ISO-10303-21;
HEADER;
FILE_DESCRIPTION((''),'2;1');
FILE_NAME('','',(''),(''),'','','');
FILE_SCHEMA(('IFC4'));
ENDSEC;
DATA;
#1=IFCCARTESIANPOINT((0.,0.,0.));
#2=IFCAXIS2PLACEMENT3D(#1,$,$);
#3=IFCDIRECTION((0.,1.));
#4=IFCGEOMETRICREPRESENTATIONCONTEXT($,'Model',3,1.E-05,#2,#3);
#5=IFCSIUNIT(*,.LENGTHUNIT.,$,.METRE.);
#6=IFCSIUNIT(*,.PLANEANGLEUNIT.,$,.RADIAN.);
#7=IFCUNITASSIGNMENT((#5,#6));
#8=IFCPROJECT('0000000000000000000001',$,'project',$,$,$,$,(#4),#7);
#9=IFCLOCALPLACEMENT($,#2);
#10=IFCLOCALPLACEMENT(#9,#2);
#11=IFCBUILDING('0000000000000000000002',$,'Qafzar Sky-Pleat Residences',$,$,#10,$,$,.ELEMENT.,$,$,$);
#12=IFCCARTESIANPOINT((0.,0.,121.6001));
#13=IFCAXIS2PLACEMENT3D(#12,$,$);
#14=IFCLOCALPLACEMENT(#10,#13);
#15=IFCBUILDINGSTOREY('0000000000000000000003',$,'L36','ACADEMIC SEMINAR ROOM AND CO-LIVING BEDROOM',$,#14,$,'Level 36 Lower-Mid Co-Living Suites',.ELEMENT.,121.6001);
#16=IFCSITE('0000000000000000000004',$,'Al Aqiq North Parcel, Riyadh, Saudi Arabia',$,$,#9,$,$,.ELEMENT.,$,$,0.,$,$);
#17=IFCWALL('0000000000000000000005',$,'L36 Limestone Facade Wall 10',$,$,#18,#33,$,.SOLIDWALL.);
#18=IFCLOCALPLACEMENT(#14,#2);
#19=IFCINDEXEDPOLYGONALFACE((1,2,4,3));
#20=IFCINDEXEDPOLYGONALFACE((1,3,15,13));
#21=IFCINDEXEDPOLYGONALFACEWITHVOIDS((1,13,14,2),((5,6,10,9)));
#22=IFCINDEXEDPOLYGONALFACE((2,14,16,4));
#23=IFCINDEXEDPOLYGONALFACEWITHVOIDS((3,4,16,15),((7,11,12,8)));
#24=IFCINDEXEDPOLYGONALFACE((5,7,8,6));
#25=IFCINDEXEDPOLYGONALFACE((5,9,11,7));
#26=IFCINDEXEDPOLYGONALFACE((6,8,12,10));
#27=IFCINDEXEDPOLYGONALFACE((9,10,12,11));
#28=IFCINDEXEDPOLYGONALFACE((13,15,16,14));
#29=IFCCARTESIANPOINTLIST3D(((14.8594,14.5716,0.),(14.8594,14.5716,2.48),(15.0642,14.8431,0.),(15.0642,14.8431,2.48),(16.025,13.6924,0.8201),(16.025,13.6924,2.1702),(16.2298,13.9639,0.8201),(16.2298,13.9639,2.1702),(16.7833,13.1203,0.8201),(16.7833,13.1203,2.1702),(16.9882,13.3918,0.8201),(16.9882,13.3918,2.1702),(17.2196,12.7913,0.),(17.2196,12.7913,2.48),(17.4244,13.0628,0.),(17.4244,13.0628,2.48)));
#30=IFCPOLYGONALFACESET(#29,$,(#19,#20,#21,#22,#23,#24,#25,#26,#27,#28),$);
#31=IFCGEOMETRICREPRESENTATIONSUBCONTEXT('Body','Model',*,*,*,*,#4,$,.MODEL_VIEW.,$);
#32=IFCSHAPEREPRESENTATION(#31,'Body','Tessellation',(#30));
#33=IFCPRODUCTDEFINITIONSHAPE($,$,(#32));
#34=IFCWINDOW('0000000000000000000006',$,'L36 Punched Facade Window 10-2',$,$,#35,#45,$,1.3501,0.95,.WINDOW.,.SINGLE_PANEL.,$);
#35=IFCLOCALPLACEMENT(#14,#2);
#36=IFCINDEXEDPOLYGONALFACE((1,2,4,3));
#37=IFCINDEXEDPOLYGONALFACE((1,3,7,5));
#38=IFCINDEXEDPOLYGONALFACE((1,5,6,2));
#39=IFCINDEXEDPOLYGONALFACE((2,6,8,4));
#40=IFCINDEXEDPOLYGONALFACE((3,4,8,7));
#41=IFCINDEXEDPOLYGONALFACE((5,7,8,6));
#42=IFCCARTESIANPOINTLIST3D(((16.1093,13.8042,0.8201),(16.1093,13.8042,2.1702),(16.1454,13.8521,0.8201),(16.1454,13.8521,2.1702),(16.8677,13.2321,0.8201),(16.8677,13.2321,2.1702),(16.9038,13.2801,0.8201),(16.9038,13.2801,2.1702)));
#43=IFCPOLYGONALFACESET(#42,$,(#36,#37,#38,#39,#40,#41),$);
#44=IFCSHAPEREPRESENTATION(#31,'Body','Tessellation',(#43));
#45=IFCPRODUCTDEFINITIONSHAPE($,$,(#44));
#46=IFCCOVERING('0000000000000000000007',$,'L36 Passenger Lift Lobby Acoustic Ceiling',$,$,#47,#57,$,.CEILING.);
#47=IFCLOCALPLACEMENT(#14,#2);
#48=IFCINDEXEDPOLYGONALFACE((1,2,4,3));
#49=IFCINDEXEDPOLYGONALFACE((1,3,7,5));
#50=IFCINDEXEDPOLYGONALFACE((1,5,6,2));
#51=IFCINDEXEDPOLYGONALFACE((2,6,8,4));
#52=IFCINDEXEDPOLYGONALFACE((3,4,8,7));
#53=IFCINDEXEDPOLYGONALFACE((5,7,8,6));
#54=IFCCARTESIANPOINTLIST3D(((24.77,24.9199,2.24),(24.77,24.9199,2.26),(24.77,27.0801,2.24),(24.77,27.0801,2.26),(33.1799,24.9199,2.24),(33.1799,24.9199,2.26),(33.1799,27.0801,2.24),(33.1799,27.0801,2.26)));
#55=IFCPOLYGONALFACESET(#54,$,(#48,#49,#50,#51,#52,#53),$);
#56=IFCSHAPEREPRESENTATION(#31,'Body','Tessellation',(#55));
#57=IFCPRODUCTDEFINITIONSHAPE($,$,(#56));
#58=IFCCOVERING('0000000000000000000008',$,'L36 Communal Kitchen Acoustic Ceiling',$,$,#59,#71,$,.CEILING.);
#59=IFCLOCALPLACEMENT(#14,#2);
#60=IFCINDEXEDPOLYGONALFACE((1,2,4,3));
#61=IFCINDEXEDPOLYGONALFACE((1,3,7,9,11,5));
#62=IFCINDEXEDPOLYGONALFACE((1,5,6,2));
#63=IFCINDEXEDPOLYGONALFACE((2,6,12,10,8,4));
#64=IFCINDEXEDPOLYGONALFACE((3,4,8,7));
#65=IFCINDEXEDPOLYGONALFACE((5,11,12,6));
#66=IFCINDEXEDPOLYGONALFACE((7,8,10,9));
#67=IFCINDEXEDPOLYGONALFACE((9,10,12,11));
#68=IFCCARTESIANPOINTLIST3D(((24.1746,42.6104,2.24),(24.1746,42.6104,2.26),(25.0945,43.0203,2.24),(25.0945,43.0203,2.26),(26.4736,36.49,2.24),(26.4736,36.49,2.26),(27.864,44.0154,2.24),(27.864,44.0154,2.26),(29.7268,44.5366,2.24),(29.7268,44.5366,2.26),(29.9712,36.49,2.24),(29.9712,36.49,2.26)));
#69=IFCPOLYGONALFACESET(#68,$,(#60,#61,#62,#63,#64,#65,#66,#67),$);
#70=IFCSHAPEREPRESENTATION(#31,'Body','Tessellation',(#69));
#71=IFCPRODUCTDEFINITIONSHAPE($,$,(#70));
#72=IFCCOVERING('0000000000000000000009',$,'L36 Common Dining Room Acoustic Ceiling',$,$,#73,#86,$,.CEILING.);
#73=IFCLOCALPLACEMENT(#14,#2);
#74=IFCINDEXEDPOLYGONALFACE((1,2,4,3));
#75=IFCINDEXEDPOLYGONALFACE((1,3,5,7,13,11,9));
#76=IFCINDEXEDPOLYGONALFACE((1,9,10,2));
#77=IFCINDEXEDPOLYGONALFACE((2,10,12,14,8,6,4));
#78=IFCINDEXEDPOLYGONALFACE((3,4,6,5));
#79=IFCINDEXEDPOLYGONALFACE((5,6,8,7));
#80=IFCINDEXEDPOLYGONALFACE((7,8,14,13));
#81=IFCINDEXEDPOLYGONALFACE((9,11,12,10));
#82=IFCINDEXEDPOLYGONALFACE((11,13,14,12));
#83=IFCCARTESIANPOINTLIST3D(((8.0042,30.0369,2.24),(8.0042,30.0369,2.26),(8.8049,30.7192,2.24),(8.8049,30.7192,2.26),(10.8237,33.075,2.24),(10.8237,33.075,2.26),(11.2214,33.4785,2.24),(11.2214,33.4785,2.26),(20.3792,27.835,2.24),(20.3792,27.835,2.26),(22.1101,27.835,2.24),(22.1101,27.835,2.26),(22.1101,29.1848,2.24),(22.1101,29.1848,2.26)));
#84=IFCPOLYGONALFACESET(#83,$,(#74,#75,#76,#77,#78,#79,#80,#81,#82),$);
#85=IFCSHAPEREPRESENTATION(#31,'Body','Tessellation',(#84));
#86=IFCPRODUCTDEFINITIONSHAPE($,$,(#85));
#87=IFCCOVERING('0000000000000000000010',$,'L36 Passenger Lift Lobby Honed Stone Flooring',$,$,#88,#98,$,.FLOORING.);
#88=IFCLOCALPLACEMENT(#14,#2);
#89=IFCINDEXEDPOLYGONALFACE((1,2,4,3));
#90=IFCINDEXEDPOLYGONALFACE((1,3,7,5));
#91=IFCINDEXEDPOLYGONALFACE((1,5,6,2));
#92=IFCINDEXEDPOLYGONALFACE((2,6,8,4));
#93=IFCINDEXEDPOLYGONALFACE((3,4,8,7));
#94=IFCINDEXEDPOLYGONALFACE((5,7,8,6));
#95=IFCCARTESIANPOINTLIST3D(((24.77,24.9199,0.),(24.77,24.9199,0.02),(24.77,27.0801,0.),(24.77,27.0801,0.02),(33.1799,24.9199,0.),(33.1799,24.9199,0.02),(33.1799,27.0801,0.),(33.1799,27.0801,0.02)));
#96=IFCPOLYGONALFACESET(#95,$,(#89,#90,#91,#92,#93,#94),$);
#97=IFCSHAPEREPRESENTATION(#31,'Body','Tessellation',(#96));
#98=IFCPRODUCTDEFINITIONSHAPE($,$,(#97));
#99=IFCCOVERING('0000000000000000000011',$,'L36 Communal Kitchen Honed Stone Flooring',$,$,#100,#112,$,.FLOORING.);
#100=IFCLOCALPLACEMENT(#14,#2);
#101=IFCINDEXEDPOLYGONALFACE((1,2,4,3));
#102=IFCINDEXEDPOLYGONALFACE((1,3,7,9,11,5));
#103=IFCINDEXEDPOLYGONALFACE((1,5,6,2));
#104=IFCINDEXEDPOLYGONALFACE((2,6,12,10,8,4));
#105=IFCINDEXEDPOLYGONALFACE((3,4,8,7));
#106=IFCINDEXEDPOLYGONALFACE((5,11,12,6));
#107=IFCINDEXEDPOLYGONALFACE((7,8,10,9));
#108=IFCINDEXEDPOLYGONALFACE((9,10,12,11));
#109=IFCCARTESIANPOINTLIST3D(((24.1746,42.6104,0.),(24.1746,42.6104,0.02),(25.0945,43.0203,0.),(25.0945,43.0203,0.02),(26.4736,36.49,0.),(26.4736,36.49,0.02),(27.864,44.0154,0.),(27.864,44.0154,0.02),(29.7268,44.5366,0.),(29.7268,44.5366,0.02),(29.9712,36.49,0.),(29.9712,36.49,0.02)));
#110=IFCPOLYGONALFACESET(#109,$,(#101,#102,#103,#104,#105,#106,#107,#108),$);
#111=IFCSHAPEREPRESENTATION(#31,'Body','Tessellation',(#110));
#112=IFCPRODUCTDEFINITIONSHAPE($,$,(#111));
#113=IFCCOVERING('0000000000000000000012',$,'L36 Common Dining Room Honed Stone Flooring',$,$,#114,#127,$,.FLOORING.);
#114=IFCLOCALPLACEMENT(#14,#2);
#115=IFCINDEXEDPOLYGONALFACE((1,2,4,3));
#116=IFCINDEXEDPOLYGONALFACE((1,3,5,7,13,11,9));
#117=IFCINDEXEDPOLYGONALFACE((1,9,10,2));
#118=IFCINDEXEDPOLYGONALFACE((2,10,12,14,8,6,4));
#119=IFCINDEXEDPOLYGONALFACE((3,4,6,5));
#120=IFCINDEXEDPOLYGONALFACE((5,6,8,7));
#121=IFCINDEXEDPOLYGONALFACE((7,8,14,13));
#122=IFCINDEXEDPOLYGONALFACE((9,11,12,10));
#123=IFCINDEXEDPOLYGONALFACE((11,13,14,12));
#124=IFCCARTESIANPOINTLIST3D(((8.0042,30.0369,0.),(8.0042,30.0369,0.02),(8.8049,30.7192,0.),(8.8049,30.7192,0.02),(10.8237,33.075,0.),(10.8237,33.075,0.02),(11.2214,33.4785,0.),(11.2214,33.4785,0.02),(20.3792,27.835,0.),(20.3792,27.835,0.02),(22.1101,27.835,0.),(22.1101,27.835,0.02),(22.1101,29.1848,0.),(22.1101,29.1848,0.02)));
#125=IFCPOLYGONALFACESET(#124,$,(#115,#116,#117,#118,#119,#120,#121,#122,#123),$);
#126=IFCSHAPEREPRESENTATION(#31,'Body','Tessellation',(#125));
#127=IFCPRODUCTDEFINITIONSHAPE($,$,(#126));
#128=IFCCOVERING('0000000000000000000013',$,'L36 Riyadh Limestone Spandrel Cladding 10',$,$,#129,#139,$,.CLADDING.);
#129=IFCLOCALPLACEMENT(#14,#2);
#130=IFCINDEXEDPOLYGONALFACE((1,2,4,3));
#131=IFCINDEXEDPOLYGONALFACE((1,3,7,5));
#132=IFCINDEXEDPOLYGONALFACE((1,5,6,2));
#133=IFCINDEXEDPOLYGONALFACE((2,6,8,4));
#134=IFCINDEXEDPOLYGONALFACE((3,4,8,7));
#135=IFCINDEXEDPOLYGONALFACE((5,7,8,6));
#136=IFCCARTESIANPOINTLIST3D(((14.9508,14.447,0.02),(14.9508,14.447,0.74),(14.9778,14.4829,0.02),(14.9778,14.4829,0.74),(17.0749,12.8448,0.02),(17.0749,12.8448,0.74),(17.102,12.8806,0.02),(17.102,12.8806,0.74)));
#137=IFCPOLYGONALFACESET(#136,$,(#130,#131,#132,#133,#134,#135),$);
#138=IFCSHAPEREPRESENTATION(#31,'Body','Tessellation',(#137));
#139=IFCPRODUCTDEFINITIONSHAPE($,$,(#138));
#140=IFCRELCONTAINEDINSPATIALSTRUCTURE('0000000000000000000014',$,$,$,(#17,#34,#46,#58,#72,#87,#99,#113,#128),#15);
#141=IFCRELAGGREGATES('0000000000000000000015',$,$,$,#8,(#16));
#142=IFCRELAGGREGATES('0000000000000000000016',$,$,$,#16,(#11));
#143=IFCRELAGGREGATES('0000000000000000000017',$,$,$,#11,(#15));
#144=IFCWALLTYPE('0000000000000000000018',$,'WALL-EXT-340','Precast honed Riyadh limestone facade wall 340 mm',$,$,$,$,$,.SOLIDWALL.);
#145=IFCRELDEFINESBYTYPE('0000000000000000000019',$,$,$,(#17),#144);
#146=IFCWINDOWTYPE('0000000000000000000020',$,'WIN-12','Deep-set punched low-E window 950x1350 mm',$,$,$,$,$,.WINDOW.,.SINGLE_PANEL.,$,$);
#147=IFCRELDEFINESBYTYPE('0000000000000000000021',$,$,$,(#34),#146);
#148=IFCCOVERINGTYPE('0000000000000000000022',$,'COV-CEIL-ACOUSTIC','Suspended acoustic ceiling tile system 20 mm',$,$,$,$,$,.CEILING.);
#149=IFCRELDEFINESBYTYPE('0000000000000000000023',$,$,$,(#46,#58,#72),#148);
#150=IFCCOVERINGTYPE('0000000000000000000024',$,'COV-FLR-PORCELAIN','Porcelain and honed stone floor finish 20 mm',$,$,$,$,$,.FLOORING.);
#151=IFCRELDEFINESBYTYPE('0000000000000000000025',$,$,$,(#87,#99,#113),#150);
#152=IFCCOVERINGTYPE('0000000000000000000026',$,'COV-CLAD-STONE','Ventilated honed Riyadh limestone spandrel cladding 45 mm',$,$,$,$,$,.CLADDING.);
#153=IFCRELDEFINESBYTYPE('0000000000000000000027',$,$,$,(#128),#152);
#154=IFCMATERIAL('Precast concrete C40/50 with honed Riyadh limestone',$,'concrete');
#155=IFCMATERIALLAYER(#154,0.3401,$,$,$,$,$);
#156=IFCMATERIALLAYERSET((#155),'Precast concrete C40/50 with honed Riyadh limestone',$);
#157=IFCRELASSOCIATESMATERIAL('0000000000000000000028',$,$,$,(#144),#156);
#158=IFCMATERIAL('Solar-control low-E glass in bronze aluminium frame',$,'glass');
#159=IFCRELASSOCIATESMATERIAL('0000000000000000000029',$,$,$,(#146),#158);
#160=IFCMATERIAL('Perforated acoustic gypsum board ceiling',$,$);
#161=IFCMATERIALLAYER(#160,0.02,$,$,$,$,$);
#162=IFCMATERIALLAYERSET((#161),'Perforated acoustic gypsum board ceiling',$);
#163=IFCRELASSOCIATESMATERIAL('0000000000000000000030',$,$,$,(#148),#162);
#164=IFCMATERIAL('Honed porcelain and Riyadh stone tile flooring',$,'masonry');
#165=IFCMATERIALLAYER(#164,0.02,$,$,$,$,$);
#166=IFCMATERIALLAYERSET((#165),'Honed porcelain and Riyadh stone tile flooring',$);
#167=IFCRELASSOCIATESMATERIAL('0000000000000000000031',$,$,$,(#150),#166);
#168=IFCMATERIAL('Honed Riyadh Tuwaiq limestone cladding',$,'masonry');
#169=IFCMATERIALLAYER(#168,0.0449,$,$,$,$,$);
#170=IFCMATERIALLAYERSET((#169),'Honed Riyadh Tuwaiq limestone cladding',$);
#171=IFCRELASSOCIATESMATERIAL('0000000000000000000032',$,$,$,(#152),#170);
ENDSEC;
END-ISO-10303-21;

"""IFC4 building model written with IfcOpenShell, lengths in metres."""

from ifc_helpers import new_model, si_unit, direction, frame, frame_2d, origin, origin_2d, place, context, subcontext, project, spatial, polyline, rectangle, outline, extrude, source, transform, mapped, material, layer, layer_set, type_object, element, fill, save


model = new_model("IFC4")

# Units and contexts
model_context = context("Model", 3, precision=1e-05, world=origin(), true_north=direction((0.0, 1.0)))
body_context = subcontext(model_context, "Body", "Model", "MODEL_VIEW")
ifc_project = project(units=[si_unit("LENGTHUNIT", "METRE"), si_unit("PLANEANGLEUNIT", "RADIAN")], contexts=[model_context])

# Site, building, storey
site_placement = place(None, origin())
site = spatial("IfcSite", under=ifc_project, at=site_placement, Name="Al Aqiq North Parcel, Riyadh, Saudi Arabia", CompositionType="ELEMENT", RefElevation=0.0)
building_placement = place(site_placement, origin())
building = spatial("IfcBuilding", under=site, at=building_placement, Name="Qafzar Sky-Pleat Residences", CompositionType="ELEMENT")
storey_placement = place(building_placement, frame((0.0, 0.0, 121.6001)))
storey = spatial("IfcBuildingStorey", under=building, at=storey_placement, Name="L36", Description="ACADEMIC SEMINAR ROOM AND CO-LIVING BEDROOM", LongName="Level 36 Lower-Mid Co-Living Suites", CompositionType="ELEMENT", Elevation=121.6001)

# Wall, opening, window
ifc_material_1 = material(Name="Precast concrete C40/50 with honed Riyadh limestone", Category="concrete")
ifc_layer_1 = layer(ifc_material_1, 0.3401)
ifc_layer_set_1 = layer_set([ifc_layer_1], Name="Precast concrete C40/50 with honed Riyadh limestone")
wall_type_1 = type_object("IfcWallType", Name="WALL-EXT-340", Description="Precast honed Riyadh limestone facade wall 340 mm", PredefinedType="SOLIDWALL", material=ifc_layer_set_1)
wall_1_placement = place(storey_placement, frame((14.9619, 14.7073, 0.0), z_axis=(0.0, 0.0, 1.0), x_axis=(0.798342, -0.602204, 0.0)))
wall_1 = element("IfcWall", 1, at=wall_1_placement, inside=storey, type_object=wall_type_1, Name="L36 Limestone Facade Wall 10", PredefinedType="SOLIDWALL", context=body_context, shape_type="SweptSolid", body=[
    extrude(rectangle(XDim=2.9563, YDim=0.3401, at=frame_2d((1.478, 0.0))), origin(), (0.0, 0.0, 1.0), 2.48),
])
opening_placement = place(wall_1_placement, frame((1.4597, 0.0, 0.8201)))
opening = element("IfcOpeningElement", 2, at=opening_placement, cuts=wall_1, PredefinedType="OPENING", context=body_context, shape_type="SweptSolid", body=[
    extrude(rectangle(XDim=0.95, YDim=1.3501, at=frame_2d((0.4751, 0.675))), frame((0.0, 0.1802, 0.0), z_axis=(0.0, -1.0, 0.0), x_axis=(1.0, 0.0, 0.0)), (0.0, 0.0, 1.0), 0.3601),
])
ifc_material_2 = material(Name="Solar-control low-E glass in bronze aluminium frame", Category="glass")
window_type = type_object("IfcWindowType", Name="WIN-12", Description="Deep-set punched low-E window 950x1350 mm", PartitioningType="SINGLE_PANEL", PredefinedType="WINDOW", material=ifc_material_2)
shared_shape_1 = source(origin(), body_context, "Body", "SweptSolid", [
    extrude(rectangle(XDim=0.95, YDim=1.3501, at=frame_2d((0.4751, 0.675))), frame((0.0, 0.03, 0.0), z_axis=(0.0, -1.0, 0.0), x_axis=(1.0, 0.0, 0.0)), (0.0, 0.0, 1.0), 0.0601),
])
window_placement = place(opening_placement, origin())
window = element("IfcWindow", 3, at=window_placement, inside=storey, type_object=window_type, Name="L36 Punched Facade Window 10-2", OverallHeight=1.3501, OverallWidth=0.95, PartitioningType="SINGLE_PANEL", PredefinedType="WINDOW", context=body_context, shape_type="MappedRepresentation", body=[
    mapped(shared_shape_1, transform((0.0, 0.0, 0.0), x_axis=(1.0, 0.0, 0.0), y_axis=(0.0, 1.0, 0.0), z_axis=(0.0, 0.0, 1.0), scale=1.0)),
])
fill(opening, window)

# Coverings
ifc_material_3 = material(Name="Perforated acoustic gypsum board ceiling")
ifc_layer_2 = layer(ifc_material_3, 0.02)
ifc_layer_set_2 = layer_set([ifc_layer_2], Name="Perforated acoustic gypsum board ceiling")
covering_type_1 = type_object("IfcCoveringType", Name="COV-CEIL-ACOUSTIC", Description="Suspended acoustic ceiling tile system 20 mm", PredefinedType="CEILING", material=ifc_layer_set_2)
covering_1_placement = place(storey_placement, frame((0.0, 0.0, 2.24)))
element("IfcCovering", 4, at=covering_1_placement, inside=storey, type_object=covering_type_1, Name="L36 Passenger Lift Lobby Acoustic Ceiling", PredefinedType="CEILING", context=body_context, shape_type="SweptSolid", body=[
    extrude(outline(polyline([(33.1799, 24.9199), (24.77, 24.9199), (24.77, 27.0801), (33.1799, 27.0801), (33.1799, 24.9199)])), origin(), (0.0, 0.0, 1.0), 0.02),
])
covering_2_placement = place(storey_placement, frame((0.0, 0.0, 2.24)))
element("IfcCovering", 5, at=covering_2_placement, inside=storey, type_object=covering_type_1, Name="L36 Communal Kitchen Acoustic Ceiling", PredefinedType="CEILING", context=body_context, shape_type="SweptSolid", body=[
    extrude(outline(polyline([(27.864, 44.0154), (29.7268, 44.5366), (29.9712, 36.49), (26.4736, 36.49), (24.1746, 42.6104), (25.0945, 43.0203), (27.864, 44.0154)])), origin(), (0.0, 0.0, 1.0), 0.02),
])
covering_3_placement = place(storey_placement, frame((0.0, 0.0, 2.24)))
element("IfcCovering", 6, at=covering_3_placement, inside=storey, type_object=covering_type_1, Name="L36 Common Dining Room Acoustic Ceiling", PredefinedType="CEILING", context=body_context, shape_type="SweptSolid", body=[
    extrude(outline(polyline([(22.1101, 27.835), (20.3792, 27.835), (8.0042, 30.0369), (8.8049, 30.7192), (10.8237, 33.075), (11.2214, 33.4785), (22.1101, 29.1848), (22.1101, 27.835)])), origin(), (0.0, 0.0, 1.0), 0.02),
])
ifc_material_4 = material(Name="Honed porcelain and Riyadh stone tile flooring", Category="masonry")
ifc_layer_3 = layer(ifc_material_4, 0.02)
ifc_layer_set_3 = layer_set([ifc_layer_3], Name="Honed porcelain and Riyadh stone tile flooring")
covering_type_2 = type_object("IfcCoveringType", Name="COV-FLR-PORCELAIN", Description="Porcelain and honed stone floor finish 20 mm", PredefinedType="FLOORING", material=ifc_layer_set_3)
covering_4_placement = place(storey_placement, origin())
element("IfcCovering", 7, at=covering_4_placement, inside=storey, type_object=covering_type_2, Name="L36 Passenger Lift Lobby Honed Stone Flooring", PredefinedType="FLOORING", context=body_context, shape_type="SweptSolid", body=[
    extrude(outline(polyline([(33.1799, 24.9199), (24.77, 24.9199), (24.77, 27.0801), (33.1799, 27.0801), (33.1799, 24.9199)])), origin(), (0.0, 0.0, 1.0), 0.02),
])
covering_5_placement = place(storey_placement, origin())
element("IfcCovering", 8, at=covering_5_placement, inside=storey, type_object=covering_type_2, Name="L36 Communal Kitchen Honed Stone Flooring", PredefinedType="FLOORING", context=body_context, shape_type="SweptSolid", body=[
    extrude(outline(polyline([(27.864, 44.0154), (29.7268, 44.5366), (29.9712, 36.49), (26.4736, 36.49), (24.1746, 42.6104), (25.0945, 43.0203), (27.864, 44.0154)])), origin(), (0.0, 0.0, 1.0), 0.02),
])
covering_6_placement = place(storey_placement, origin())
element("IfcCovering", 9, at=covering_6_placement, inside=storey, type_object=covering_type_2, Name="L36 Common Dining Room Honed Stone Flooring", PredefinedType="FLOORING", context=body_context, shape_type="SweptSolid", body=[
    extrude(outline(polyline([(22.1101, 27.835), (20.3792, 27.835), (8.0042, 30.0369), (8.8049, 30.7192), (10.8237, 33.075), (11.2214, 33.4785), (22.1101, 29.1848), (22.1101, 27.835)])), origin(), (0.0, 0.0, 1.0), 0.02),
])
ifc_material_5 = material(Name="Honed Riyadh Tuwaiq limestone cladding", Category="masonry")
ifc_layer_4 = layer(ifc_material_5, 0.0449)
ifc_layer_set_4 = layer_set([ifc_layer_4], Name="Honed Riyadh Tuwaiq limestone cladding")
covering_type_3 = type_object("IfcCoveringType", Name="COV-CLAD-STONE", Description="Ventilated honed Riyadh limestone spandrel cladding 45 mm", PredefinedType="CLADDING", material=ifc_layer_set_4)
shared_shape_2 = source(origin(), body_context, "Body", "SweptSolid", [
    extrude(rectangle(XDim=2.6606, YDim=0.0449, at=origin_2d()), origin(), (0.0, 0.0, 1.0), 0.72),
])
covering_7_placement = place(storey_placement, frame((16.0264, 13.6638, 0.02), z_axis=(0.0, 0.0, 1.0), x_axis=(0.798349, -0.602195, 0.0)))
element("IfcCovering", 10, at=covering_7_placement, inside=storey, type_object=covering_type_3, Name="L36 Riyadh Limestone Spandrel Cladding 10", PredefinedType="CLADDING", context=body_context, shape_type="MappedRepresentation", body=[
    mapped(shared_shape_2, transform((0.0, 0.0, 0.0), x_axis=(1.0, 0.0, 0.0), y_axis=(0.0, 1.0, 0.0), z_axis=(0.0, 0.0, 1.0), scale=1.0)),
])

save(model, "model.ifc")
